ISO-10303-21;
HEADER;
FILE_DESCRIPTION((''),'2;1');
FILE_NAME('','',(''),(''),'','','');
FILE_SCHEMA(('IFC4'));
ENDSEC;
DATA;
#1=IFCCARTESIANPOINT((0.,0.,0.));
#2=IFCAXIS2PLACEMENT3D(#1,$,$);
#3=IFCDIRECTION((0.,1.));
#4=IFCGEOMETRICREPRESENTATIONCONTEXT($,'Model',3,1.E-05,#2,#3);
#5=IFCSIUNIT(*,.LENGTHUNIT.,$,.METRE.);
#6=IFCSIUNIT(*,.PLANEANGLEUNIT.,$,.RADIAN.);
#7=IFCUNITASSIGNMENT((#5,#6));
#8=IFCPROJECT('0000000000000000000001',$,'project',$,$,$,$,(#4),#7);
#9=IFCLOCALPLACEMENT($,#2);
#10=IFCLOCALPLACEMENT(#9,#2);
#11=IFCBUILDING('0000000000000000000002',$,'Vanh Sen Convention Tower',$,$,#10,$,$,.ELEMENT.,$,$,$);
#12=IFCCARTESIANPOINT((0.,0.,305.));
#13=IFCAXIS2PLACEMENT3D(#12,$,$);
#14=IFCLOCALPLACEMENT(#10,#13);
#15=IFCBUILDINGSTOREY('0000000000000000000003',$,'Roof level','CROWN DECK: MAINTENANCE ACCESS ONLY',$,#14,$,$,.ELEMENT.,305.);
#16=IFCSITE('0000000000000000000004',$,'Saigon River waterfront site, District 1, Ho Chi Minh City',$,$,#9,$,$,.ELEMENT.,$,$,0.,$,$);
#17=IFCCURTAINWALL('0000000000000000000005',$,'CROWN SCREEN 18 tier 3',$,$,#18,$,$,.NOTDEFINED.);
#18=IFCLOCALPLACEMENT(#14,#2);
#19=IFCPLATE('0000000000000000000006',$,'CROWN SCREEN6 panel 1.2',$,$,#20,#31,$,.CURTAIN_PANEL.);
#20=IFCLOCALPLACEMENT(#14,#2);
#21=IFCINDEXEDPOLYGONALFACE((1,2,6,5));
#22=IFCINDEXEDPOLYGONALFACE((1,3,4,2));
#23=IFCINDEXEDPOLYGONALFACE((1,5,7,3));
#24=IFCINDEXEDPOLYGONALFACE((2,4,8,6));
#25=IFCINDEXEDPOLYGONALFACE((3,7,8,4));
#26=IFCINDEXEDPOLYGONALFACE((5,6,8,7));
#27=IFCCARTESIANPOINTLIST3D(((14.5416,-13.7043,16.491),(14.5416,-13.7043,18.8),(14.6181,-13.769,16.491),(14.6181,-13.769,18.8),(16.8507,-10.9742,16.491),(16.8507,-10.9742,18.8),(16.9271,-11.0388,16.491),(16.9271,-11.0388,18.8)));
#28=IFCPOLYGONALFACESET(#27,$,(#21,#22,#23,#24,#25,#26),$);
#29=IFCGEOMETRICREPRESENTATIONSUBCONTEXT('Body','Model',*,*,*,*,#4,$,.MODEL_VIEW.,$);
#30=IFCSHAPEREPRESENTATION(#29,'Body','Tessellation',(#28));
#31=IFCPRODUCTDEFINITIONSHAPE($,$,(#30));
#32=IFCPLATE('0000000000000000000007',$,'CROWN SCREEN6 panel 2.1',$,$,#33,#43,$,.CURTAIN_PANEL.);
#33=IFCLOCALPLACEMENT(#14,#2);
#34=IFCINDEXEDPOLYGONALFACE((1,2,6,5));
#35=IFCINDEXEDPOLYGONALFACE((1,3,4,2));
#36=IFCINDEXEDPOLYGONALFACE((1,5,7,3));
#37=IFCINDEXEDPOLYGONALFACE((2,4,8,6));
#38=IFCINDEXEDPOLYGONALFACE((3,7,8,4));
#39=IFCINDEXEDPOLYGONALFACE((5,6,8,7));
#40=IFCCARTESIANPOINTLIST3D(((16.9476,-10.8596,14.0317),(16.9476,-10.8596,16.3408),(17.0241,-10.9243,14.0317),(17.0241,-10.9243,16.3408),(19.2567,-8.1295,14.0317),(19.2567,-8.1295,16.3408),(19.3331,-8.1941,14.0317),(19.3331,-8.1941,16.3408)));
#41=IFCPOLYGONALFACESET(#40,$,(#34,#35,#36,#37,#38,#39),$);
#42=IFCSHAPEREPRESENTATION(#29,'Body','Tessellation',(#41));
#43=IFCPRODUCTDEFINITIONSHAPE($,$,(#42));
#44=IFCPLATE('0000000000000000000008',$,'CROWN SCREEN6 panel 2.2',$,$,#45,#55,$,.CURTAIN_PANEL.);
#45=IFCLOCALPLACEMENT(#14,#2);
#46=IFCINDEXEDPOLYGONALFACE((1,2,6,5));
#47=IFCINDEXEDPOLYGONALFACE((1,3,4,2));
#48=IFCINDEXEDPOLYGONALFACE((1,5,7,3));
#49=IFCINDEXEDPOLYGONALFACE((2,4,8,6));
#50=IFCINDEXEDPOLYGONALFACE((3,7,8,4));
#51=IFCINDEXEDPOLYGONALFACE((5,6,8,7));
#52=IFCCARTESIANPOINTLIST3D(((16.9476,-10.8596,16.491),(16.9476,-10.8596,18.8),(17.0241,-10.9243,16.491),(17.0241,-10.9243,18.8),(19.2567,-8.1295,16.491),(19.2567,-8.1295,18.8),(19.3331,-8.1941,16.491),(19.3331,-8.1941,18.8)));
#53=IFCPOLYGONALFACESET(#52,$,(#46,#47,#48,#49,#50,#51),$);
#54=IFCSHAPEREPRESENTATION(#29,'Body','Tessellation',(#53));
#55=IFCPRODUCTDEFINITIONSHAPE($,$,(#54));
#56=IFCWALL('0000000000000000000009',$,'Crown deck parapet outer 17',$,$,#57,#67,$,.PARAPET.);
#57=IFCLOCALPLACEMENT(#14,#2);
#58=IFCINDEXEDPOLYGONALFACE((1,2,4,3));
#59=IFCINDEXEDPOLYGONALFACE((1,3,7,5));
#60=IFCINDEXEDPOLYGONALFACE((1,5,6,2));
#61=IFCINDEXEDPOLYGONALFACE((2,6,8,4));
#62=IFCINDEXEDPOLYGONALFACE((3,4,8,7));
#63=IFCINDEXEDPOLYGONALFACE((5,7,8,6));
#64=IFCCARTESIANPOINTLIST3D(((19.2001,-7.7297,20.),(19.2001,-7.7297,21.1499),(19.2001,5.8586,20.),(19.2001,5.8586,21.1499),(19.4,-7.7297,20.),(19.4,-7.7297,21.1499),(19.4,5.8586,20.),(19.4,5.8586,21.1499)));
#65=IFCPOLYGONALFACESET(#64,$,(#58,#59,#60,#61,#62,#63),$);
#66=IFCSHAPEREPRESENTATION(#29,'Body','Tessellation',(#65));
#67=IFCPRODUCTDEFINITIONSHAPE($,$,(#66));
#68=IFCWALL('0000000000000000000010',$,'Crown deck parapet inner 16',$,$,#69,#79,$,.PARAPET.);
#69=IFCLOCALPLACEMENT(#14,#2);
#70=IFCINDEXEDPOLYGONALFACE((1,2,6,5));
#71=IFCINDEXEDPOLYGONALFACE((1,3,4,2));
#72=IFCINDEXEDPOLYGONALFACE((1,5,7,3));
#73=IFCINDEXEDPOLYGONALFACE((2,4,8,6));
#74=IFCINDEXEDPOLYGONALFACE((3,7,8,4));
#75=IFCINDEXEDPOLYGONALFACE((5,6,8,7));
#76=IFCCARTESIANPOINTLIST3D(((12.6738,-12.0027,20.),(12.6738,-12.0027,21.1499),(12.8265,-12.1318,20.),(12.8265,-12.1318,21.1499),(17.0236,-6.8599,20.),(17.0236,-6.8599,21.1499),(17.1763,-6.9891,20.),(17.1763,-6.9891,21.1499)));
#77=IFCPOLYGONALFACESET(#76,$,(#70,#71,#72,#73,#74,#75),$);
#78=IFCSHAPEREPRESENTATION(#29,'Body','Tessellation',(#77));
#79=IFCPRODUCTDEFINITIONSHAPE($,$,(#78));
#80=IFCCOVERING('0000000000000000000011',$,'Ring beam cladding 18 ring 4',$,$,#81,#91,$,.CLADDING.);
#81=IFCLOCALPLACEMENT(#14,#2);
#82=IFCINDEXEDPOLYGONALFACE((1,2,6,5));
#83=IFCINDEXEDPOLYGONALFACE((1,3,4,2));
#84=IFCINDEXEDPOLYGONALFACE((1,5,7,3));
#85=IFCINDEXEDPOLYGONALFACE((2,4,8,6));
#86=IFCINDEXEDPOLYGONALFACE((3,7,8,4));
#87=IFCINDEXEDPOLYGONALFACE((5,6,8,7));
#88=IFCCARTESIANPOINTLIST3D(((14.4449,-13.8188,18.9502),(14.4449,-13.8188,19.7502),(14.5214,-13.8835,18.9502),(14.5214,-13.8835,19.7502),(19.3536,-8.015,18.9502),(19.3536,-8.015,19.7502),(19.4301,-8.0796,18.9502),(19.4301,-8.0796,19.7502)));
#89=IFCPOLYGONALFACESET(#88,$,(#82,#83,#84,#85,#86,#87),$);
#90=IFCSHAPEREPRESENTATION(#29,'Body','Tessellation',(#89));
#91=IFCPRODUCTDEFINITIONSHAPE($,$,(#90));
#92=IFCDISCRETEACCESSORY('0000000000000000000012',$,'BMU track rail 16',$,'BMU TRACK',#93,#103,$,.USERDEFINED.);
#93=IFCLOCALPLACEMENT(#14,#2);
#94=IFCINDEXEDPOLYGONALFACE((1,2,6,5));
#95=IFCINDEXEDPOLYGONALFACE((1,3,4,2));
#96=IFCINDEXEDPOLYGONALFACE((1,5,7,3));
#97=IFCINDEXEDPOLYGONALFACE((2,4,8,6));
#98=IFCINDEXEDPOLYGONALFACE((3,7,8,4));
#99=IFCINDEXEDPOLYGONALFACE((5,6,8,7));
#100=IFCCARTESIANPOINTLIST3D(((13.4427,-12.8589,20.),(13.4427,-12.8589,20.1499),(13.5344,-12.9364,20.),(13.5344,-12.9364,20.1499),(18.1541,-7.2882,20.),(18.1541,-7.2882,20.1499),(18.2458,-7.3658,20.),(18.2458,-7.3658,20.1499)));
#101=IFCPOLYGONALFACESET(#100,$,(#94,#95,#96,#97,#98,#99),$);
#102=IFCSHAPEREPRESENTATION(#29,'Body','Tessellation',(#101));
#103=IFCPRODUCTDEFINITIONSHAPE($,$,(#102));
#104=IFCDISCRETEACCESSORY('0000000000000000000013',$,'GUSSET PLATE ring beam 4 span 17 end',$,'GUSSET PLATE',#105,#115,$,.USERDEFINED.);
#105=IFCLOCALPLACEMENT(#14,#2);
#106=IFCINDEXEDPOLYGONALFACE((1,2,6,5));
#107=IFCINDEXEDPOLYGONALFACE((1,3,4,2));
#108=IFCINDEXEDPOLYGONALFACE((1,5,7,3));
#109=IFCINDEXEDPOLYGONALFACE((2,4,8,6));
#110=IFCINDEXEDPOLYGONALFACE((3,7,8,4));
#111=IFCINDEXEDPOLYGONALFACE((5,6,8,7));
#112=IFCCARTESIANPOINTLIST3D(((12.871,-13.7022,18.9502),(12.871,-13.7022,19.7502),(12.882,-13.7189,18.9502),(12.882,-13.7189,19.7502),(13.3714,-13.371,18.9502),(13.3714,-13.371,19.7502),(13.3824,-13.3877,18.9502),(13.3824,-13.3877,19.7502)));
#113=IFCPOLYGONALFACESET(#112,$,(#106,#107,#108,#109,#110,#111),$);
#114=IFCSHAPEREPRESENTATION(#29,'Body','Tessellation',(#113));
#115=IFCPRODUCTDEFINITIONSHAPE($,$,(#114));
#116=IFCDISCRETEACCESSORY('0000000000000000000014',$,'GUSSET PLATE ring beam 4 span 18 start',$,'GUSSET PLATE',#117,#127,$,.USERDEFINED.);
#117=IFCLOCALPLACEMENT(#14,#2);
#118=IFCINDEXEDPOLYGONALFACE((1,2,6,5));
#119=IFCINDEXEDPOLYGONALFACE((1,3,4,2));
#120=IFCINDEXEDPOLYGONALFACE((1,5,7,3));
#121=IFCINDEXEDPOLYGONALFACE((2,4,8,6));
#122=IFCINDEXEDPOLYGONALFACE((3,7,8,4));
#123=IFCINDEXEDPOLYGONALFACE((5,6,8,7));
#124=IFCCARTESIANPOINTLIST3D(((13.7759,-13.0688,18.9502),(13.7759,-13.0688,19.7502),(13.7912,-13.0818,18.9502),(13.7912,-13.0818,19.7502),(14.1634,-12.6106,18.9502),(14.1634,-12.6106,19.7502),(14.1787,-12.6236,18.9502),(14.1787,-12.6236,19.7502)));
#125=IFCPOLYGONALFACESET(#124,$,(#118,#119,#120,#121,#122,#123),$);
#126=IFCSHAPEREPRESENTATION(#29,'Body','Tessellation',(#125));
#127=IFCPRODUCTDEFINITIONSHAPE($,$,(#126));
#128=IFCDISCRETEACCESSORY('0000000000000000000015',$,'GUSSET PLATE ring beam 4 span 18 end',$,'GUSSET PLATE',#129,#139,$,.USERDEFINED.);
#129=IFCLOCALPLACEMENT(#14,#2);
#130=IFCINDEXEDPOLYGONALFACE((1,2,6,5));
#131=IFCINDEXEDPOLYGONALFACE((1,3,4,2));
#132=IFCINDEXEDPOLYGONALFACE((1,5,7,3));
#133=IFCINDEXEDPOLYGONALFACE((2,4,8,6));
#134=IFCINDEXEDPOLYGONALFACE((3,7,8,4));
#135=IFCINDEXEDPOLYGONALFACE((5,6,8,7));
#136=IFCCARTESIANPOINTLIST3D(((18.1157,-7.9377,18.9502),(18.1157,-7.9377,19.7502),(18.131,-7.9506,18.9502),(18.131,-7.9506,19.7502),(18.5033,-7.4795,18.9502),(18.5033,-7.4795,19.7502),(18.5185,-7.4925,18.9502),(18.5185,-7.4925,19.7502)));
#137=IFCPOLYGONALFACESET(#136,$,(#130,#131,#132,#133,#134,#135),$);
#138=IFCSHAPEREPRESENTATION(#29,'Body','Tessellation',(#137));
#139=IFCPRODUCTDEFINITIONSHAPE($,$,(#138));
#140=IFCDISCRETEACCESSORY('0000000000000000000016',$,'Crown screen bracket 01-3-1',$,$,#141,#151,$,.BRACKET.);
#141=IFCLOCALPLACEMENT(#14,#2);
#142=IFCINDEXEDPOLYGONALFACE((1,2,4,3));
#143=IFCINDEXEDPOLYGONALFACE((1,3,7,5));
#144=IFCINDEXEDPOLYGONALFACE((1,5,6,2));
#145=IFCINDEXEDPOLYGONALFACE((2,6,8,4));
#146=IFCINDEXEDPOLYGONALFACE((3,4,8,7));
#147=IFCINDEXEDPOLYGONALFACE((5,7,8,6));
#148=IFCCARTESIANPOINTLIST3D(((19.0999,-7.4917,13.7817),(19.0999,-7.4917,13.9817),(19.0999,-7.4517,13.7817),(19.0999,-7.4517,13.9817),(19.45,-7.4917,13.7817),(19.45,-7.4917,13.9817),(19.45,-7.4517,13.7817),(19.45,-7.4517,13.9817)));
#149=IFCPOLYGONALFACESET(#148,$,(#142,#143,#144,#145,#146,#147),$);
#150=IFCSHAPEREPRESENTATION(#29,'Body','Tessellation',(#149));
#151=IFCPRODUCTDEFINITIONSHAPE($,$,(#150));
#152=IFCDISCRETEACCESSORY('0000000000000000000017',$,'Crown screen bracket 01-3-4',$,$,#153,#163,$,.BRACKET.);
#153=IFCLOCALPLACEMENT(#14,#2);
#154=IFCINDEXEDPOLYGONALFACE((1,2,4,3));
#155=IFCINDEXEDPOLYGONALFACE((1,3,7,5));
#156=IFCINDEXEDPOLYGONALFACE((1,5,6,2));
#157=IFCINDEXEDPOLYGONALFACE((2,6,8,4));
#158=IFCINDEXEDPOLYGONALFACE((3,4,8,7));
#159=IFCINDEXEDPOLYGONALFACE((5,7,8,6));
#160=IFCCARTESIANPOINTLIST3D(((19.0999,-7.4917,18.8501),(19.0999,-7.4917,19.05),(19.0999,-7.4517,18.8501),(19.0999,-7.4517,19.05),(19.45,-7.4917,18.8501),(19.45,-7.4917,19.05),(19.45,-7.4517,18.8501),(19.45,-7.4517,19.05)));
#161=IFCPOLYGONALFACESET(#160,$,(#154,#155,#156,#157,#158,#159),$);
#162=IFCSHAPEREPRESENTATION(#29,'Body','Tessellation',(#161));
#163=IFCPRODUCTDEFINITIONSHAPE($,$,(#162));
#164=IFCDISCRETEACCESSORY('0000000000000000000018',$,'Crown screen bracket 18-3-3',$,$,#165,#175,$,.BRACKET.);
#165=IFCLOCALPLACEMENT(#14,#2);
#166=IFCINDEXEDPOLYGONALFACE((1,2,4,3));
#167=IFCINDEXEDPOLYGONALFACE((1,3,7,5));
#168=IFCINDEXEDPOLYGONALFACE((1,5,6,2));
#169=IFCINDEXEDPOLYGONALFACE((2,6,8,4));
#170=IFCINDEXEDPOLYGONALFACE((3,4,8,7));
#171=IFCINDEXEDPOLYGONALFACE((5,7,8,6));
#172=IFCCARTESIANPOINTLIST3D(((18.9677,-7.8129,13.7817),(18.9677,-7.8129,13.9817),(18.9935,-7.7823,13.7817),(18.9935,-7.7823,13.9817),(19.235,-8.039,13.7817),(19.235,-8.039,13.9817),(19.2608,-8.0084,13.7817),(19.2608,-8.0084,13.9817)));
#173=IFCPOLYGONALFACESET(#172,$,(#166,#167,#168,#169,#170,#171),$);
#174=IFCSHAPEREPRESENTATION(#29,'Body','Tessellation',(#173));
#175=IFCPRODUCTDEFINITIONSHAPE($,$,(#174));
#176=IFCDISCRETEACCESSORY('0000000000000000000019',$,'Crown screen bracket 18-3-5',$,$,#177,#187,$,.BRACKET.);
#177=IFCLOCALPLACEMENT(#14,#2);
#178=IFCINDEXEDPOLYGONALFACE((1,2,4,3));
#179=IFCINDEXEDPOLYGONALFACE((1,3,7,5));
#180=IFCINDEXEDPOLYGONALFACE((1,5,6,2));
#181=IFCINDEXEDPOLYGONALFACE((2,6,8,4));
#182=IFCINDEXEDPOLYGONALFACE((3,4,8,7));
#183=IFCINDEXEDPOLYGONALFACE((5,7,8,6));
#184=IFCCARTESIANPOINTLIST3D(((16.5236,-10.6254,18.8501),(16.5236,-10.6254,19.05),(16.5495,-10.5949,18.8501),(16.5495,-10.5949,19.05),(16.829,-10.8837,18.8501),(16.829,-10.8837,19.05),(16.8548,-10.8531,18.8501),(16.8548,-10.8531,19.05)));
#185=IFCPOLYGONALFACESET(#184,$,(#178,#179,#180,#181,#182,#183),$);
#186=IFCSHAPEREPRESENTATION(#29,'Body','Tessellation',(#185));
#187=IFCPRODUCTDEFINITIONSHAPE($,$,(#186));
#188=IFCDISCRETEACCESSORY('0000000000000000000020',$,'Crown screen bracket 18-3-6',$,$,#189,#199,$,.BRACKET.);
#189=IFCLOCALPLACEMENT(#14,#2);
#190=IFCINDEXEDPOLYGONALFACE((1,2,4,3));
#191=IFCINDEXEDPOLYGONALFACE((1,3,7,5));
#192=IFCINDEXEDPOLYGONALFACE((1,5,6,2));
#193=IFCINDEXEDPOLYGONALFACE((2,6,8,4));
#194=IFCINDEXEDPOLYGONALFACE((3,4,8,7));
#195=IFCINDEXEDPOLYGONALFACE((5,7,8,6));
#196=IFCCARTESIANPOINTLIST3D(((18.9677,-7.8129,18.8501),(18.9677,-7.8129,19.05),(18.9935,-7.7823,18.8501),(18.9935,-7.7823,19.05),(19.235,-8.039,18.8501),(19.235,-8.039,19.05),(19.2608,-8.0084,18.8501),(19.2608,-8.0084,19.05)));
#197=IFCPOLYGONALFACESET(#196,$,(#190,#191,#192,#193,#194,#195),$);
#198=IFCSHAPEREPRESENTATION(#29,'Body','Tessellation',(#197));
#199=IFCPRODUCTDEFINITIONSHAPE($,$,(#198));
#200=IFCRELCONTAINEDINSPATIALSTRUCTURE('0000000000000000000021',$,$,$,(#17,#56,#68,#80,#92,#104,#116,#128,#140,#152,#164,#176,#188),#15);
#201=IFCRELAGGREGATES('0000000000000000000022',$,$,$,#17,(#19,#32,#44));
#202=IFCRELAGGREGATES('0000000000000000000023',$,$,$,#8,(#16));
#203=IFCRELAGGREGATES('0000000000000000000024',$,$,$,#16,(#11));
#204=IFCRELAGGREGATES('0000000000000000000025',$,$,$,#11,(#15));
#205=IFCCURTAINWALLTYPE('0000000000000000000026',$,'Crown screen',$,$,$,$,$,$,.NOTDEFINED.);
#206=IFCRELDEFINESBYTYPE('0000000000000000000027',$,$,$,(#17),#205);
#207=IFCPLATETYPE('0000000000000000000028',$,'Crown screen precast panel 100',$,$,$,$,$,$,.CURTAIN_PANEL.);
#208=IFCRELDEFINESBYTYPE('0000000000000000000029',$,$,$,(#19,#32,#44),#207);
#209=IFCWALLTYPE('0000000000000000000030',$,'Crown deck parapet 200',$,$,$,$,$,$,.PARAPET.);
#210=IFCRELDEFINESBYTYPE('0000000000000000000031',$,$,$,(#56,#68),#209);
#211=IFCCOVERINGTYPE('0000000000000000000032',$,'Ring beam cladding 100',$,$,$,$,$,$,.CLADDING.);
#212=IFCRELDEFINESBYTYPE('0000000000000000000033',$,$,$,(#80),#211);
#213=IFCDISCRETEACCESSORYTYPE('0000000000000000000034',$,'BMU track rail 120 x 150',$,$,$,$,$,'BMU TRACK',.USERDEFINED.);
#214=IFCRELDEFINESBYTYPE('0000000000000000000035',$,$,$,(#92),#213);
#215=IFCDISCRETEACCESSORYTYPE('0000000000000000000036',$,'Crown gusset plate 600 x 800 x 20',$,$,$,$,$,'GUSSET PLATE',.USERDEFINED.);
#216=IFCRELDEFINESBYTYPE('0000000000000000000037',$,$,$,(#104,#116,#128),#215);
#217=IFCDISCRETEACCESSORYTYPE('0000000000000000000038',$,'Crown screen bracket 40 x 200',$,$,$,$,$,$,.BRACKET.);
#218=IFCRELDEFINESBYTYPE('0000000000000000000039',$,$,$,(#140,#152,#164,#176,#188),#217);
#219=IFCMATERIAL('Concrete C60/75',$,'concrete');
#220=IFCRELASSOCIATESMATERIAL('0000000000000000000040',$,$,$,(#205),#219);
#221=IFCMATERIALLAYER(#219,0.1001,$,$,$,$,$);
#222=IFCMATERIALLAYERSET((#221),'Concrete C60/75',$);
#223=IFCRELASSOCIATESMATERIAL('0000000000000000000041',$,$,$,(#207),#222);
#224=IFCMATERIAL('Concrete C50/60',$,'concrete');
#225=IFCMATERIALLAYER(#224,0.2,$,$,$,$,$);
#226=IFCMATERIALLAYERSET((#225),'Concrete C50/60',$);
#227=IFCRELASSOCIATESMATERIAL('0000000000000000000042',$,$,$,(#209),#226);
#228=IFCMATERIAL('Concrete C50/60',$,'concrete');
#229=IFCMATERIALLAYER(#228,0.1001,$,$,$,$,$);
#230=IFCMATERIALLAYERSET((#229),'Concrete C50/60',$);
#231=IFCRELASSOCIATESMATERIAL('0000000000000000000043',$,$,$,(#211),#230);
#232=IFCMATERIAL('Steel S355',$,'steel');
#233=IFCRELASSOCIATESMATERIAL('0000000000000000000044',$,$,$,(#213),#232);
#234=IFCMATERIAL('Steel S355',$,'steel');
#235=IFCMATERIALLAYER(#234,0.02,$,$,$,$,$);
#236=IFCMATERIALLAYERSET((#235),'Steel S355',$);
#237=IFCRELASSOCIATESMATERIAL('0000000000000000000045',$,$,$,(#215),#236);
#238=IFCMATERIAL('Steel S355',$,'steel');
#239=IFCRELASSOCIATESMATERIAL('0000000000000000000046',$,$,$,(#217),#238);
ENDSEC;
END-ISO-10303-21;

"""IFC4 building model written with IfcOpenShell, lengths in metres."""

from ifc_helpers import new_model, si_unit, direction, frame, frame_2d, origin, origin_2d, place, context, subcontext, project, spatial, rectangle, extrude, material, layer, layer_set, type_object, element, aggregate, save


model = new_model("IFC4")

# Units and contexts
model_context = context("Model", 3, precision=1e-05, world=origin(), true_north=direction((0.0, 1.0)))
body_context = subcontext(model_context, "Body", "Model", "MODEL_VIEW")
ifc_project = project(units=[si_unit("LENGTHUNIT", "METRE"), si_unit("PLANEANGLEUNIT", "RADIAN")], contexts=[model_context])

# Site, building, storey
site_placement = place(None, origin())
site = spatial("IfcSite", under=ifc_project, at=site_placement, Name="Saigon River waterfront site, District 1, Ho Chi Minh City", CompositionType="ELEMENT", RefElevation=0.0)
building_placement = place(site_placement, origin())
building = spatial("IfcBuilding", under=site, at=building_placement, Name="Vanh Sen Convention Tower", CompositionType="ELEMENT")
storey_placement = place(building_placement, frame((0.0, 0.0, 305.0)))
storey = spatial("IfcBuildingStorey", under=building, at=storey_placement, Name="Roof level", Description="CROWN DECK: MAINTENANCE ACCESS ONLY", CompositionType="ELEMENT", Elevation=305.0)

# Shared definitions
ifc_material_1 = material(Name="Concrete C60/75", Category="concrete")
curtain_wall_type = type_object("IfcCurtainWallType", Name="Crown screen", PredefinedType="NOTDEFINED", material=ifc_material_1)

# Curtain wall
curtain_wall_1_placement = place(storey_placement, origin())
curtain_wall_1 = element("IfcCurtainWall", 1, at=curtain_wall_1_placement, inside=storey, type_object=curtain_wall_type, Name="CROWN SCREEN 18 tier 3", PredefinedType="NOTDEFINED")

# Plates
ifc_layer_1 = layer(ifc_material_1, 0.1001)
ifc_layer_set_1 = layer_set([ifc_layer_1], Name="Concrete C60/75")
plate_type = type_object("IfcPlateType", Name="Crown screen precast panel 100", PredefinedType="CURTAIN_PANEL", material=ifc_layer_set_1)
plate_1_placement = place(storey_placement, frame((15.7344, -12.3716, 16.491), z_axis=(0.0, 0.0, 1.0), x_axis=(0.645766, 0.763535, 0.0)))
plate_1 = element("IfcPlate", 2, at=plate_1_placement, type_object=plate_type, Name="CROWN SCREEN6 panel 1.2", PredefinedType="CURTAIN_PANEL", context=body_context, shape_type="SweptSolid", body=[
    extrude(rectangle(XDim=3.5757, YDim=0.1001, at=origin_2d()), origin(), (0.0, 0.0, 1.0), 2.3091),
])
plate_2_placement = place(storey_placement, frame((18.1404, -9.5269, 14.0317), z_axis=(0.0, 0.0, 1.0), x_axis=(0.645766, 0.763535, 0.0)))
plate_2 = element("IfcPlate", 3, at=plate_2_placement, type_object=plate_type, Name="CROWN SCREEN6 panel 2.1", PredefinedType="CURTAIN_PANEL", context=body_context, shape_type="SweptSolid", body=[
    extrude(rectangle(XDim=3.5757, YDim=0.1001, at=origin_2d()), origin(), (0.0, 0.0, 1.0), 2.3091),
])
plate_3_placement = place(storey_placement, frame((18.1404, -9.5269, 16.491), z_axis=(0.0, 0.0, 1.0), x_axis=(0.645766, 0.763535, 0.0)))
plate_3 = element("IfcPlate", 4, at=plate_3_placement, type_object=plate_type, Name="CROWN SCREEN6 panel 2.2", PredefinedType="CURTAIN_PANEL", context=body_context, shape_type="SweptSolid", body=[
    extrude(rectangle(XDim=3.5757, YDim=0.1001, at=origin_2d()), origin(), (0.0, 0.0, 1.0), 2.3091),
])
aggregate(curtain_wall_1, [plate_1, plate_2, plate_3])

# Walls
ifc_material_2 = material(Name="Concrete C50/60", Category="concrete")
ifc_layer_2 = layer(ifc_material_2, 0.2)
ifc_layer_set_2 = layer_set([ifc_layer_2], Name="Concrete C50/60")
wall_type = type_object("IfcWallType", Name="Crown deck parapet 200", PredefinedType="PARAPET", material=ifc_layer_set_2)
wall_1_placement = place(storey_placement, frame((19.3, -7.7297, 20.0), z_axis=(0.0, 0.0, 1.0), x_axis=(0.0, 1.0, 0.0)))
element("IfcWall", 5, at=wall_1_placement, inside=storey, type_object=wall_type, Name="Crown deck parapet outer 17", PredefinedType="PARAPET", context=body_context, shape_type="SweptSolid", body=[
    extrude(rectangle(XDim=13.5884, YDim=0.2, at=frame_2d((6.7942, 0.0))), origin(), (0.0, 0.0, 1.0), 1.1499),
])
wall_2_placement = place(storey_placement, frame((12.7502, -12.0671, 20.0), z_axis=(0.0, 0.0, 1.0), x_axis=(0.645789, 0.763516, 0.0)))
element("IfcWall", 6, at=wall_2_placement, inside=storey, type_object=wall_type, Name="Crown deck parapet inner 16", PredefinedType="PARAPET", context=body_context, shape_type="SweptSolid", body=[
    extrude(rectangle(XDim=6.7356, YDim=0.2, at=frame_2d((3.3677, 0.0))), origin(), (0.0, 0.0, 1.0), 1.1499),
])

# Covering
ifc_material_3 = material(Name="Concrete C50/60", Category="concrete")
ifc_layer_3 = layer(ifc_material_3, 0.1001)
ifc_layer_set_3 = layer_set([ifc_layer_3], Name="Concrete C50/60")
covering_type = type_object("IfcCoveringType", Name="Ring beam cladding 100", PredefinedType="CLADDING", material=ifc_layer_set_3)
covering_placement = place(storey_placement, frame((16.9375, -10.9492, 18.9502), z_axis=(0.0, 0.0, 1.0), x_axis=(0.645767, 0.763535, 0.0)))
element("IfcCovering", 7, at=covering_placement, inside=storey, type_object=covering_type, Name="Ring beam cladding 18 ring 4", PredefinedType="CLADDING", context=body_context, shape_type="SweptSolid", body=[
    extrude(rectangle(XDim=7.6013, YDim=0.1001, at=origin_2d()), origin(), (0.0, 0.0, 1.0), 0.8),
])

# Discrete accessories
ifc_material_4 = material(Name="Steel S355", Category="steel")
discrete_accessory_type_1 = type_object("IfcDiscreteAccessoryType", Name="BMU track rail 120 x 150", ElementType="BMU TRACK", PredefinedType="USERDEFINED", material=ifc_material_4)
discrete_accessory_1_placement = place(storey_placement, frame((15.8442, -10.1123, 20.0), z_axis=(0.0, 0.0, 1.0), x_axis=(0.645768, 0.763533, 0.0)))
element("IfcDiscreteAccessory", 8, at=discrete_accessory_1_placement, inside=storey, type_object=discrete_accessory_type_1, Name="BMU track rail 16", ObjectType="BMU TRACK", PredefinedType="USERDEFINED", context=body_context, shape_type="SweptSolid", body=[
    extrude(rectangle(XDim=7.2959, YDim=0.1201, at=origin_2d()), origin(), (0.0, 0.0, 1.0), 0.1499),
])
ifc_material_5 = material(Name="Steel S355", Category="steel")
ifc_layer_4 = layer(ifc_material_5, 0.02)
ifc_layer_set_4 = layer_set([ifc_layer_4], Name="Steel S355")
discrete_accessory_type_2 = type_object("IfcDiscreteAccessoryType", Name="Crown gusset plate 600 x 800 x 20", ElementType="GUSSET PLATE", PredefinedType="USERDEFINED", material=ifc_layer_set_4)
for number, where, z_axis, x_axis, name in (
    (9, (13.1267, -13.5449, 18.9502), (0.0, 0.0, 1.0), (-0.833886, -0.551937, 0.0), "GUSSET PLATE ring beam 4 span 17 end"),
    (10, (13.9773, -12.8462, 18.9502), (0.0, 0.0, 1.0), (0.645767, 0.763535, 0.0), "GUSSET PLATE ring beam 4 span 18 start"),
    (11, (18.3171, -7.7151, 18.9502), (0.0, 0.0, 1.0), (-0.645767, -0.763535, 0.0), "GUSSET PLATE ring beam 4 span 18 end"),
):
    element("IfcDiscreteAccessory", number, at=place(storey_placement, frame(where, z_axis=z_axis, x_axis=x_axis)), inside=storey, type_object=discrete_accessory_type_2, Name=name, ObjectType="GUSSET PLATE", PredefinedType="USERDEFINED", context=body_context, shape_type="SweptSolid", body=[
        extrude(rectangle(XDim=0.6001, YDim=0.02, at=origin_2d()), origin(), (0.0, 0.0, 1.0), 0.8),
    ])
ifc_material_6 = material(Name="Steel S355", Category="steel")
discrete_accessory_type_3 = type_object("IfcDiscreteAccessoryType", Name="Crown screen bracket 40 x 200", PredefinedType="BRACKET", material=ifc_material_6)
for number, where, z_axis, x_axis, name in (
    (12, (19.2749, -7.4717, 13.7817), (0.0, 0.0, 1.0), (1.0, 0.0, 0.0), "Crown screen bracket 01-3-1"),
    (13, (19.2749, -7.4717, 18.8501), (0.0, 0.0, 1.0), (1.0, 0.0, 0.0), "Crown screen bracket 01-3-4"),
    (14, (19.1143, -7.9106, 13.7817), (0.0, 0.0, 1.0), (0.763535, -0.645767, 0.0), "Crown screen bracket 18-3-3"),
):
    element("IfcDiscreteAccessory", number, at=place(storey_placement, frame(where, z_axis=z_axis, x_axis=x_axis)), inside=storey, type_object=discrete_accessory_type_3, Name=name, PredefinedType="BRACKET", context=body_context, shape_type="SweptSolid", body=[
        extrude(rectangle(XDim=0.3501, YDim=0.04, at=origin_2d()), origin(), (0.0, 0.0, 1.0), 0.2),
    ])
discrete_accessory_2_placement = place(storey_placement, frame((16.6892, -10.7393, 18.8501), z_axis=(0.0, 0.0, 1.0), x_axis=(0.763535, -0.645767, 0.0)))
element("IfcDiscreteAccessory", 15, at=discrete_accessory_2_placement, inside=storey, type_object=discrete_accessory_type_3, Name="Crown screen bracket 18-3-5", PredefinedType="BRACKET", context=body_context, shape_type="SweptSolid", body=[
    extrude(rectangle(XDim=0.3999, YDim=0.04, at=origin_2d()), origin(), (0.0, 0.0, 1.0), 0.2),
])
discrete_accessory_3_placement = place(storey_placement, frame((19.1143, -7.9106, 18.8501), z_axis=(0.0, 0.0, 1.0), x_axis=(0.763535, -0.645767, 0.0)))
element("IfcDiscreteAccessory", 16, at=discrete_accessory_3_placement, inside=storey, type_object=discrete_accessory_type_3, Name="Crown screen bracket 18-3-6", PredefinedType="BRACKET", context=body_context, shape_type="SweptSolid", body=[
    extrude(rectangle(XDim=0.3501, YDim=0.04, at=origin_2d()), origin(), (0.0, 0.0, 1.0), 0.2),
])

save(model, "model.ifc")
